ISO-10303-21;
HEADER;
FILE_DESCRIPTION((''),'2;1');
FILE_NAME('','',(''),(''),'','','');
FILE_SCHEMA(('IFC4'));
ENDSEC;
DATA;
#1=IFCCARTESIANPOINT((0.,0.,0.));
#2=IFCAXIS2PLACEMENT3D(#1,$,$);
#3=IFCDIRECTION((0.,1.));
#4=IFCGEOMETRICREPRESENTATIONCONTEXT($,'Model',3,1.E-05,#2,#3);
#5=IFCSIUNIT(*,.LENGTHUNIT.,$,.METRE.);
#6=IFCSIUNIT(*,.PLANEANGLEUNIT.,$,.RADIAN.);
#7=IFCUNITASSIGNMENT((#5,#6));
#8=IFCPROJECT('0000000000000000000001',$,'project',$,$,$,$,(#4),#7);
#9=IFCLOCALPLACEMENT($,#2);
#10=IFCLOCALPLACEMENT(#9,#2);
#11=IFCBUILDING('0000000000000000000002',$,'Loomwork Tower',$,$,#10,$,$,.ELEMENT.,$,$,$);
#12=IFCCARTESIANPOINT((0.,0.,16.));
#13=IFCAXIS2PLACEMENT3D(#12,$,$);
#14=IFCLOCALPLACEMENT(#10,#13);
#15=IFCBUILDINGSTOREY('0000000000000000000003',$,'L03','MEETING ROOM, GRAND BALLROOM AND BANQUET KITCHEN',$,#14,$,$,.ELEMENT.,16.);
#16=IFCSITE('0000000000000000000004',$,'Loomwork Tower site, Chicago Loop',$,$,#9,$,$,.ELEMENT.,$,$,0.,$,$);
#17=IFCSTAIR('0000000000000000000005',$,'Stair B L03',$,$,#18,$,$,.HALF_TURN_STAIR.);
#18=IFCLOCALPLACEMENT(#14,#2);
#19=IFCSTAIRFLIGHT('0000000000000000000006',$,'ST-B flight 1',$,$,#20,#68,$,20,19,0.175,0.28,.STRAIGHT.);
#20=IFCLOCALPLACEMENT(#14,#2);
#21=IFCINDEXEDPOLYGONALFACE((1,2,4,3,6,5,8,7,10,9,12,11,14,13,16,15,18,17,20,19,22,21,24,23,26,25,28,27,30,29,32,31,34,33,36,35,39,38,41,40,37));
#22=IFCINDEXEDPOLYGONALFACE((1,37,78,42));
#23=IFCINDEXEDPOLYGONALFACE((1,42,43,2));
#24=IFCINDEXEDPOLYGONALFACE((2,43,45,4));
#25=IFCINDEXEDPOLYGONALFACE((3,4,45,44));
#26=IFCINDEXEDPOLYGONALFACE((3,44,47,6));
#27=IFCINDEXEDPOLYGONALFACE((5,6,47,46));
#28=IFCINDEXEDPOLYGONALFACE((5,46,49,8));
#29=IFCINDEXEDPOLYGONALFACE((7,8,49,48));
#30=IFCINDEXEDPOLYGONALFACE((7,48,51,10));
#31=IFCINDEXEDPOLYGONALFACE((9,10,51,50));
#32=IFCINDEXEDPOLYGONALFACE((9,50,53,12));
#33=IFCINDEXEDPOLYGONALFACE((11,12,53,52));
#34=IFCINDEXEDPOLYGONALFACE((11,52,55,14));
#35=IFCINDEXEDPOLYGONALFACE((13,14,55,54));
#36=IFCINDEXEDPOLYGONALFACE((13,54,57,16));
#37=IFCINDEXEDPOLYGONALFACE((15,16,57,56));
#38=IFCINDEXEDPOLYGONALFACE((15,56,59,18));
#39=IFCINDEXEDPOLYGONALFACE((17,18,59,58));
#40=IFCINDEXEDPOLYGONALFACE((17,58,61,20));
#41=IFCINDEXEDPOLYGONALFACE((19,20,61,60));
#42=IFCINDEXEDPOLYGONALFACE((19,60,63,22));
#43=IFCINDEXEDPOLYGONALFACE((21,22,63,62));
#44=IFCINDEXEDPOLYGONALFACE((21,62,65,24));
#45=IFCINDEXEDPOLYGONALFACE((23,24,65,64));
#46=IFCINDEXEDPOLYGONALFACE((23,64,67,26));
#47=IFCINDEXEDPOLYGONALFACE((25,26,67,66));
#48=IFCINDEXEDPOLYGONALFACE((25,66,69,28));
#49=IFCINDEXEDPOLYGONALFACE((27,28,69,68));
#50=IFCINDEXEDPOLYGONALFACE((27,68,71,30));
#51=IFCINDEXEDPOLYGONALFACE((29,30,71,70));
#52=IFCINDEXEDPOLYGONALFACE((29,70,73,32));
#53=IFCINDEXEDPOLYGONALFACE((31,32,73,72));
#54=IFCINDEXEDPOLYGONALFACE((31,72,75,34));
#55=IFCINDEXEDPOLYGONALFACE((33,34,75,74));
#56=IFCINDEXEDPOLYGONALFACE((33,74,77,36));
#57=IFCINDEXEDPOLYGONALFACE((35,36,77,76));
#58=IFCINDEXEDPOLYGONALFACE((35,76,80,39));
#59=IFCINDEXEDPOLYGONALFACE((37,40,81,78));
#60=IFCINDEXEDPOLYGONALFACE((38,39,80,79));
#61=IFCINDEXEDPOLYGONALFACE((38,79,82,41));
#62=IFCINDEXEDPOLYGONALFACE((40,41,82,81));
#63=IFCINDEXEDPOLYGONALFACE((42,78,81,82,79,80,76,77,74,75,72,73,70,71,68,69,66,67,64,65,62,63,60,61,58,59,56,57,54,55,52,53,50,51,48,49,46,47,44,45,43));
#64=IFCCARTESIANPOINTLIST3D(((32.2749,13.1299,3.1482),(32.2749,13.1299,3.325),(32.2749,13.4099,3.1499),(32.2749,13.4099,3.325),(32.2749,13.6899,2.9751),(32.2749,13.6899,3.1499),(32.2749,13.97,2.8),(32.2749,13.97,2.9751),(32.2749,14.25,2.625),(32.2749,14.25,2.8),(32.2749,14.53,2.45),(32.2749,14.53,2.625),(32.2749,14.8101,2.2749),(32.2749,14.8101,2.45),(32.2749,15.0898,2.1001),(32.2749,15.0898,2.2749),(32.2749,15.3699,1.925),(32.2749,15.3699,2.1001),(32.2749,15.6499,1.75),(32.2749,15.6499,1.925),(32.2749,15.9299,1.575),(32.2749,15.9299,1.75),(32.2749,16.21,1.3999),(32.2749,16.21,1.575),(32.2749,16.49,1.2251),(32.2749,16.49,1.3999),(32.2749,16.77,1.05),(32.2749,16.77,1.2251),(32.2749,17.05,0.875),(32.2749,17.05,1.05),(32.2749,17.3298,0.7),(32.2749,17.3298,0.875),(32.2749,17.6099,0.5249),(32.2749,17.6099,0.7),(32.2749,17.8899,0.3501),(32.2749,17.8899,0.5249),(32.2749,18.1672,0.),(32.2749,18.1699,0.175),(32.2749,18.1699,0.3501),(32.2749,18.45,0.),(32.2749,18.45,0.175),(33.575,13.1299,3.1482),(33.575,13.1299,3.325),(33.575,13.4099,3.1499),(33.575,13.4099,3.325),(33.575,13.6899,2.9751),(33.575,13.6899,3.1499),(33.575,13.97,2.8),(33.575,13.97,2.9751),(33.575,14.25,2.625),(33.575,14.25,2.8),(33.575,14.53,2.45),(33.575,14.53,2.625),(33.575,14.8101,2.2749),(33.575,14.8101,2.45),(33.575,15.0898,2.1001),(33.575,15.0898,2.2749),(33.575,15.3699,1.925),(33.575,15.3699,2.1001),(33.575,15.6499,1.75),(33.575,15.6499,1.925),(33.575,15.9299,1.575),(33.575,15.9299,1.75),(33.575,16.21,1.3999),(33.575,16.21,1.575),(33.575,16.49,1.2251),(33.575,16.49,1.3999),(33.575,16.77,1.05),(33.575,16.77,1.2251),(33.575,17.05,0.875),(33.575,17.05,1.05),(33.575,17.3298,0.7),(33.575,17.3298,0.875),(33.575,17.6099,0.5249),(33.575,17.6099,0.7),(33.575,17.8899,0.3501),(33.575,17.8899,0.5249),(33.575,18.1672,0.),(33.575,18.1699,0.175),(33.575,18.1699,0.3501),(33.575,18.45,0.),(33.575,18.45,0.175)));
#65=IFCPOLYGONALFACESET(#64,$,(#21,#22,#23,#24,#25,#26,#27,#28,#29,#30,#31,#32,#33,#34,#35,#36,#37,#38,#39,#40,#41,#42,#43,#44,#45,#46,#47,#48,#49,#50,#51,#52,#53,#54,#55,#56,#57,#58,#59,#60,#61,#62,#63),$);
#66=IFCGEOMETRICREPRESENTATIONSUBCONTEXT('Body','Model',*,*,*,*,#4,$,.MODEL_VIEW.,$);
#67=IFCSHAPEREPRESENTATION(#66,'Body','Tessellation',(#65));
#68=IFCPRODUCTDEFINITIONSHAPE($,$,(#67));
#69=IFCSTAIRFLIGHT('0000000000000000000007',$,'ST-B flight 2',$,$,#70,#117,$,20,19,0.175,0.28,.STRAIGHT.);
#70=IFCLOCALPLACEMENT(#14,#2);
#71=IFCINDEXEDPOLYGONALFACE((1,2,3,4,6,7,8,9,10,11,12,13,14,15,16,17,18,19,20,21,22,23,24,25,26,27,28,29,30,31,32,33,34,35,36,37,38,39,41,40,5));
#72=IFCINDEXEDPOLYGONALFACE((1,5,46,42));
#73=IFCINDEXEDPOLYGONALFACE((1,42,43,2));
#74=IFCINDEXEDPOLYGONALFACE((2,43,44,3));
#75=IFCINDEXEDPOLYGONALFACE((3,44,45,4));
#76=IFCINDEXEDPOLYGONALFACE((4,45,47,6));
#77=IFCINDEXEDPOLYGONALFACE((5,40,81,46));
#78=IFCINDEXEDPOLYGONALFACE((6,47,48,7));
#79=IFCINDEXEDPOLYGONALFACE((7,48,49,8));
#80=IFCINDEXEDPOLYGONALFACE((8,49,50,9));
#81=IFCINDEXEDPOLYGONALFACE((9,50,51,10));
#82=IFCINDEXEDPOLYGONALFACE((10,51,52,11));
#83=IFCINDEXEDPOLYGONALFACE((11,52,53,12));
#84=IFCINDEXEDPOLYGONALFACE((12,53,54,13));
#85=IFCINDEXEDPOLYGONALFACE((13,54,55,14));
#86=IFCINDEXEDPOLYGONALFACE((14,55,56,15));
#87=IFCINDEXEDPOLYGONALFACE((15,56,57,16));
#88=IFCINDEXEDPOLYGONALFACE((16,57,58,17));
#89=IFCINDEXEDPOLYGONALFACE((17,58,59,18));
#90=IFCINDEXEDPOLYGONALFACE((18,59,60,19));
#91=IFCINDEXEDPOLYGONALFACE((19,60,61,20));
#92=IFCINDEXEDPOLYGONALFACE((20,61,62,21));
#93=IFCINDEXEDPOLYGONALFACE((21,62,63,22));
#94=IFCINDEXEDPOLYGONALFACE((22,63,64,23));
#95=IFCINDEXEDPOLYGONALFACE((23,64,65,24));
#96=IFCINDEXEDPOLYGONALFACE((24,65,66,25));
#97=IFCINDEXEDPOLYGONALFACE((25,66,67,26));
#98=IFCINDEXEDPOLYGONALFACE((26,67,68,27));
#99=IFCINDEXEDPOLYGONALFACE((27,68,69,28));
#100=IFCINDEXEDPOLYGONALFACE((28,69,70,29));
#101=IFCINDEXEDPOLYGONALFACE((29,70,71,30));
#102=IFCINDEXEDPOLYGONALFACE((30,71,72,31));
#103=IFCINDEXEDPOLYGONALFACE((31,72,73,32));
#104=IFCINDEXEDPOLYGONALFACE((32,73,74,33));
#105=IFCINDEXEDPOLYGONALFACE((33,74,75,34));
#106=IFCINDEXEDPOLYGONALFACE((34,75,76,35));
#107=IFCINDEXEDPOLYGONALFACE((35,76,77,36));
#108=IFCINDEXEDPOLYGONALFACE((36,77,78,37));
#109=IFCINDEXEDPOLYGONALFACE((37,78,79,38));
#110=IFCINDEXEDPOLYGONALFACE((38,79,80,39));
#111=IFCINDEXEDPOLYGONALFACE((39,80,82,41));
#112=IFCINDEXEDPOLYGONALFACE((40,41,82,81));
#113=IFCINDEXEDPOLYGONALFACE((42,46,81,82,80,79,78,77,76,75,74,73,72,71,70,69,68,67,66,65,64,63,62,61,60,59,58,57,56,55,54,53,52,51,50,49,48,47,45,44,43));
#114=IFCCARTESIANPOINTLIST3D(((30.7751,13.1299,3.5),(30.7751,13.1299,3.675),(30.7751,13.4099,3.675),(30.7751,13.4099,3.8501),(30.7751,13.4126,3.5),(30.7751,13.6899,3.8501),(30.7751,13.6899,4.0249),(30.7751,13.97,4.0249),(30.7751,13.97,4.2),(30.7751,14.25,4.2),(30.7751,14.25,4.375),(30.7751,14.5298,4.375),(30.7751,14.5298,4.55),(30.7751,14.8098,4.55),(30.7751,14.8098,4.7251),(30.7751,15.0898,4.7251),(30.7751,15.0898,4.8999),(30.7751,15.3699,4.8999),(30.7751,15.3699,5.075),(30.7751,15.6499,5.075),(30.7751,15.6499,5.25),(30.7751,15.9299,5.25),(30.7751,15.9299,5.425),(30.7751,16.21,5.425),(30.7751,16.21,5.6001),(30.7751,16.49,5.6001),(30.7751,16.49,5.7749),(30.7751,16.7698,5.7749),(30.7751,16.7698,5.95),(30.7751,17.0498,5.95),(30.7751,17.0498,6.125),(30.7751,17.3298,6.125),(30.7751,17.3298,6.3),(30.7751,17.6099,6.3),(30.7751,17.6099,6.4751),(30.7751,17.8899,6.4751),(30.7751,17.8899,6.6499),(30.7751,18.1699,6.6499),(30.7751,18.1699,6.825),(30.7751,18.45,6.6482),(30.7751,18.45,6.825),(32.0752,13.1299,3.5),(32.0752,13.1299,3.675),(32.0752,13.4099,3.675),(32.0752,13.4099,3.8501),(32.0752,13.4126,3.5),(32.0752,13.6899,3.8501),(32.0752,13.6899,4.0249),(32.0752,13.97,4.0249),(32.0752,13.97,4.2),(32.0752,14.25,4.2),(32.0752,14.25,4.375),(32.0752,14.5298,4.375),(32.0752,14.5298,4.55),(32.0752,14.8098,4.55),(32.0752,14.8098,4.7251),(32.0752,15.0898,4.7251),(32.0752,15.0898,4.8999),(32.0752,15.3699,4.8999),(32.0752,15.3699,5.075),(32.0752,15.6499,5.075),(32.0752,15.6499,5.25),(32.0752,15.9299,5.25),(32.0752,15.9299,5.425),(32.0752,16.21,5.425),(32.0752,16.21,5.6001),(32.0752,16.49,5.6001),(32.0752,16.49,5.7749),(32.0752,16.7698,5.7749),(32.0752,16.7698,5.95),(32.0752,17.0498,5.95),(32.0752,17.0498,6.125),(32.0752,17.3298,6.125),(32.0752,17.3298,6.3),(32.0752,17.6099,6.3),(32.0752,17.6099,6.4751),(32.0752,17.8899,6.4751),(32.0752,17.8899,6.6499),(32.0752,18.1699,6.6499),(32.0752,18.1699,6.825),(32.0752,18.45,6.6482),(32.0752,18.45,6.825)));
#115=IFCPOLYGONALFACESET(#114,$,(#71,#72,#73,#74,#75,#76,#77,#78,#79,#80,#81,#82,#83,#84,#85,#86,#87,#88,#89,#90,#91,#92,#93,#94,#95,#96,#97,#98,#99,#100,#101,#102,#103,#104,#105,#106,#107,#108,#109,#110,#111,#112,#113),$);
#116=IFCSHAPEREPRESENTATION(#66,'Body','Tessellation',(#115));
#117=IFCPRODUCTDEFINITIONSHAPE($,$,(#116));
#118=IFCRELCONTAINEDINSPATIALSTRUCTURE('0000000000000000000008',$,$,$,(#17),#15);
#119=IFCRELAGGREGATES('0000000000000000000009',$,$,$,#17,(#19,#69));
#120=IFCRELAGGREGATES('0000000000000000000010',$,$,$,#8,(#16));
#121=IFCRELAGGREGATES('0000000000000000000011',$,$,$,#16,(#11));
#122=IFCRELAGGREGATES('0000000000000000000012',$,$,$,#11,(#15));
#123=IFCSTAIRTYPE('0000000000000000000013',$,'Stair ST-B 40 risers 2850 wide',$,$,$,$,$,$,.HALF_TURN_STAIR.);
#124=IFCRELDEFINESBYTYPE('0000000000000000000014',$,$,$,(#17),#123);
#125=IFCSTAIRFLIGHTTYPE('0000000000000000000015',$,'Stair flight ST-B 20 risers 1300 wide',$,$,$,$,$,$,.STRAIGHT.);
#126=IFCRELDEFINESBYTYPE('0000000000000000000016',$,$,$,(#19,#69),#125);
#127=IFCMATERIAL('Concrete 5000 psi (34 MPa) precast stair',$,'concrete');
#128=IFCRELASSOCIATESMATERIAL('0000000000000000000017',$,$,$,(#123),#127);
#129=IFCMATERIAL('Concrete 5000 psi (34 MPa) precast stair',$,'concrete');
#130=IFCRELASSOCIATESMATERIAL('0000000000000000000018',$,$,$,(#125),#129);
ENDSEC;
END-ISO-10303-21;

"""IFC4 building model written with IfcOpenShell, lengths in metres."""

from ifc_helpers import new_model, si_unit, direction, frame, origin, place, context, subcontext, project, spatial, polyline, outline, extrude, material, type_object, element, aggregate, save


model = new_model("IFC4")

# Units and contexts
model_context = context("Model", 3, precision=1e-05, world=origin(), true_north=direction((0.0, 1.0)))
body_context = subcontext(model_context, "Body", "Model", "MODEL_VIEW")
ifc_project = project(units=[si_unit("LENGTHUNIT", "METRE"), si_unit("PLANEANGLEUNIT", "RADIAN")], contexts=[model_context])

# Site, building, storey
site_placement = place(None, origin())
site = spatial("IfcSite", under=ifc_project, at=site_placement, Name="Loomwork Tower site, Chicago Loop", CompositionType="ELEMENT", RefElevation=0.0)
building_placement = place(site_placement, origin())
building = spatial("IfcBuilding", under=site, at=building_placement, Name="Loomwork Tower", CompositionType="ELEMENT")
storey_placement = place(building_placement, frame((0.0, 0.0, 16.0)))
storey = spatial("IfcBuildingStorey", under=building, at=storey_placement, Name="L03", Description="MEETING ROOM, GRAND BALLROOM AND BANQUET KITCHEN", CompositionType="ELEMENT", Elevation=16.0)

# Stair, stair flights
ifc_material_1 = material(Name="Concrete 5000 psi (34 MPa) precast stair", Category="concrete")
stair_type = type_object("IfcStairType", Name="Stair ST-B 40 risers 2850 wide", PredefinedType="HALF_TURN_STAIR", material=ifc_material_1)
stair_placement = place(storey_placement, origin())
stair = element("IfcStair", 1, at=stair_placement, inside=storey, type_object=stair_type, Name="Stair B L03", PredefinedType="HALF_TURN_STAIR")
ifc_material_2 = material(Name="Concrete 5000 psi (34 MPa) precast stair", Category="concrete")
stair_flight_type = type_object("IfcStairFlightType", Name="Stair flight ST-B 20 risers 1300 wide", PredefinedType="STRAIGHT", material=ifc_material_2)
stair_flight_1_placement = place(storey_placement, frame((32.925, 18.45, 0.0), z_axis=(0.0, 0.0, 1.0), x_axis=(0.0, -1.0, 0.0)))
stair_flight_1 = element("IfcStairFlight", 2, at=stair_flight_1_placement, type_object=stair_flight_type, Name="ST-B flight 1", NumberOfRisers=20, NumberOfTreads=19, PredefinedType="STRAIGHT", RiserHeight=0.175, TreadLength=0.28, context=body_context, shape_type="SweptSolid", body=[
    extrude(outline(polyline([(0.0, 0.0), (0.0, 0.175), (0.28, 0.175), (0.28, 0.3501), (0.5601, 0.3501), (0.5601, 0.5249), (0.8401, 0.5249), (0.8401, 0.7), (1.1201, 0.7), (1.1201, 0.875), (1.3999, 0.875), (1.3999, 1.05), (1.6799, 1.05), (1.6799, 1.2251), (1.96, 1.2251), (1.96, 1.3999), (2.24, 1.3999), (2.24, 1.575), (2.52, 1.575), (2.52, 1.75), (2.8, 1.75), (2.8, 1.925), (3.0801, 1.925), (3.0801, 2.1001), (3.3601, 2.1001), (3.3601, 2.2749), (3.6399, 2.2749), (3.6399, 2.45), (3.9199, 2.45), (3.9199, 2.625), (4.2, 2.625), (4.2, 2.8), (4.48, 2.8), (4.48, 2.9751), (4.76, 2.9751), (4.76, 3.1499), (5.04, 3.1499), (5.04, 3.325), (5.3201, 3.325), (5.3201, 3.5), (5.3201, 3.1482), (0.2827, 0.0), (0.0, 0.0)])), frame((0.0, 0.6499, 0.0), z_axis=(0.0, -1.0, 0.0), x_axis=(1.0, 0.0, 0.0)), (0.0, 0.0, 1.0), 1.3),
])
stair_flight_2_placement = place(storey_placement, frame((31.425, 13.1299, 3.5), z_axis=(0.0, 0.0, 1.0), x_axis=(0.0, 1.0, 0.0)))
stair_flight_2 = element("IfcStairFlight", 3, at=stair_flight_2_placement, type_object=stair_flight_type, Name="ST-B flight 2", NumberOfRisers=20, NumberOfTreads=19, PredefinedType="STRAIGHT", RiserHeight=0.175, TreadLength=0.28, context=body_context, shape_type="SweptSolid", body=[
    extrude(outline(polyline([(0.0, 0.0), (0.0, 0.175), (0.28, 0.175), (0.28, 0.3501), (0.5601, 0.3501), (0.5601, 0.5249), (0.8401, 0.5249), (0.8401, 0.7), (1.1201, 0.7), (1.1201, 0.875), (1.3999, 0.875), (1.3999, 1.05), (1.6799, 1.05), (1.6799, 1.2251), (1.96, 1.2251), (1.96, 1.3999), (2.24, 1.3999), (2.24, 1.575), (2.52, 1.575), (2.52, 1.75), (2.8, 1.75), (2.8, 1.925), (3.0801, 1.925), (3.0801, 2.1001), (3.3601, 2.1001), (3.3601, 2.2749), (3.6399, 2.2749), (3.6399, 2.45), (3.9199, 2.45), (3.9199, 2.625), (4.2, 2.625), (4.2, 2.8), (4.48, 2.8), (4.48, 2.9751), (4.76, 2.9751), (4.76, 3.1499), (5.04, 3.1499), (5.04, 3.325), (5.3201, 3.325), (5.3201, 3.5), (5.3201, 3.1482), (0.2827, 0.0), (0.0, 0.0)])), frame((0.0, 0.6499, 0.0), z_axis=(0.0, -1.0, 0.0), x_axis=(1.0, 0.0, 0.0)), (0.0, 0.0, 1.0), 1.3),
])
aggregate(stair, [stair_flight_1, stair_flight_2])

save(model, "model.ifc")
